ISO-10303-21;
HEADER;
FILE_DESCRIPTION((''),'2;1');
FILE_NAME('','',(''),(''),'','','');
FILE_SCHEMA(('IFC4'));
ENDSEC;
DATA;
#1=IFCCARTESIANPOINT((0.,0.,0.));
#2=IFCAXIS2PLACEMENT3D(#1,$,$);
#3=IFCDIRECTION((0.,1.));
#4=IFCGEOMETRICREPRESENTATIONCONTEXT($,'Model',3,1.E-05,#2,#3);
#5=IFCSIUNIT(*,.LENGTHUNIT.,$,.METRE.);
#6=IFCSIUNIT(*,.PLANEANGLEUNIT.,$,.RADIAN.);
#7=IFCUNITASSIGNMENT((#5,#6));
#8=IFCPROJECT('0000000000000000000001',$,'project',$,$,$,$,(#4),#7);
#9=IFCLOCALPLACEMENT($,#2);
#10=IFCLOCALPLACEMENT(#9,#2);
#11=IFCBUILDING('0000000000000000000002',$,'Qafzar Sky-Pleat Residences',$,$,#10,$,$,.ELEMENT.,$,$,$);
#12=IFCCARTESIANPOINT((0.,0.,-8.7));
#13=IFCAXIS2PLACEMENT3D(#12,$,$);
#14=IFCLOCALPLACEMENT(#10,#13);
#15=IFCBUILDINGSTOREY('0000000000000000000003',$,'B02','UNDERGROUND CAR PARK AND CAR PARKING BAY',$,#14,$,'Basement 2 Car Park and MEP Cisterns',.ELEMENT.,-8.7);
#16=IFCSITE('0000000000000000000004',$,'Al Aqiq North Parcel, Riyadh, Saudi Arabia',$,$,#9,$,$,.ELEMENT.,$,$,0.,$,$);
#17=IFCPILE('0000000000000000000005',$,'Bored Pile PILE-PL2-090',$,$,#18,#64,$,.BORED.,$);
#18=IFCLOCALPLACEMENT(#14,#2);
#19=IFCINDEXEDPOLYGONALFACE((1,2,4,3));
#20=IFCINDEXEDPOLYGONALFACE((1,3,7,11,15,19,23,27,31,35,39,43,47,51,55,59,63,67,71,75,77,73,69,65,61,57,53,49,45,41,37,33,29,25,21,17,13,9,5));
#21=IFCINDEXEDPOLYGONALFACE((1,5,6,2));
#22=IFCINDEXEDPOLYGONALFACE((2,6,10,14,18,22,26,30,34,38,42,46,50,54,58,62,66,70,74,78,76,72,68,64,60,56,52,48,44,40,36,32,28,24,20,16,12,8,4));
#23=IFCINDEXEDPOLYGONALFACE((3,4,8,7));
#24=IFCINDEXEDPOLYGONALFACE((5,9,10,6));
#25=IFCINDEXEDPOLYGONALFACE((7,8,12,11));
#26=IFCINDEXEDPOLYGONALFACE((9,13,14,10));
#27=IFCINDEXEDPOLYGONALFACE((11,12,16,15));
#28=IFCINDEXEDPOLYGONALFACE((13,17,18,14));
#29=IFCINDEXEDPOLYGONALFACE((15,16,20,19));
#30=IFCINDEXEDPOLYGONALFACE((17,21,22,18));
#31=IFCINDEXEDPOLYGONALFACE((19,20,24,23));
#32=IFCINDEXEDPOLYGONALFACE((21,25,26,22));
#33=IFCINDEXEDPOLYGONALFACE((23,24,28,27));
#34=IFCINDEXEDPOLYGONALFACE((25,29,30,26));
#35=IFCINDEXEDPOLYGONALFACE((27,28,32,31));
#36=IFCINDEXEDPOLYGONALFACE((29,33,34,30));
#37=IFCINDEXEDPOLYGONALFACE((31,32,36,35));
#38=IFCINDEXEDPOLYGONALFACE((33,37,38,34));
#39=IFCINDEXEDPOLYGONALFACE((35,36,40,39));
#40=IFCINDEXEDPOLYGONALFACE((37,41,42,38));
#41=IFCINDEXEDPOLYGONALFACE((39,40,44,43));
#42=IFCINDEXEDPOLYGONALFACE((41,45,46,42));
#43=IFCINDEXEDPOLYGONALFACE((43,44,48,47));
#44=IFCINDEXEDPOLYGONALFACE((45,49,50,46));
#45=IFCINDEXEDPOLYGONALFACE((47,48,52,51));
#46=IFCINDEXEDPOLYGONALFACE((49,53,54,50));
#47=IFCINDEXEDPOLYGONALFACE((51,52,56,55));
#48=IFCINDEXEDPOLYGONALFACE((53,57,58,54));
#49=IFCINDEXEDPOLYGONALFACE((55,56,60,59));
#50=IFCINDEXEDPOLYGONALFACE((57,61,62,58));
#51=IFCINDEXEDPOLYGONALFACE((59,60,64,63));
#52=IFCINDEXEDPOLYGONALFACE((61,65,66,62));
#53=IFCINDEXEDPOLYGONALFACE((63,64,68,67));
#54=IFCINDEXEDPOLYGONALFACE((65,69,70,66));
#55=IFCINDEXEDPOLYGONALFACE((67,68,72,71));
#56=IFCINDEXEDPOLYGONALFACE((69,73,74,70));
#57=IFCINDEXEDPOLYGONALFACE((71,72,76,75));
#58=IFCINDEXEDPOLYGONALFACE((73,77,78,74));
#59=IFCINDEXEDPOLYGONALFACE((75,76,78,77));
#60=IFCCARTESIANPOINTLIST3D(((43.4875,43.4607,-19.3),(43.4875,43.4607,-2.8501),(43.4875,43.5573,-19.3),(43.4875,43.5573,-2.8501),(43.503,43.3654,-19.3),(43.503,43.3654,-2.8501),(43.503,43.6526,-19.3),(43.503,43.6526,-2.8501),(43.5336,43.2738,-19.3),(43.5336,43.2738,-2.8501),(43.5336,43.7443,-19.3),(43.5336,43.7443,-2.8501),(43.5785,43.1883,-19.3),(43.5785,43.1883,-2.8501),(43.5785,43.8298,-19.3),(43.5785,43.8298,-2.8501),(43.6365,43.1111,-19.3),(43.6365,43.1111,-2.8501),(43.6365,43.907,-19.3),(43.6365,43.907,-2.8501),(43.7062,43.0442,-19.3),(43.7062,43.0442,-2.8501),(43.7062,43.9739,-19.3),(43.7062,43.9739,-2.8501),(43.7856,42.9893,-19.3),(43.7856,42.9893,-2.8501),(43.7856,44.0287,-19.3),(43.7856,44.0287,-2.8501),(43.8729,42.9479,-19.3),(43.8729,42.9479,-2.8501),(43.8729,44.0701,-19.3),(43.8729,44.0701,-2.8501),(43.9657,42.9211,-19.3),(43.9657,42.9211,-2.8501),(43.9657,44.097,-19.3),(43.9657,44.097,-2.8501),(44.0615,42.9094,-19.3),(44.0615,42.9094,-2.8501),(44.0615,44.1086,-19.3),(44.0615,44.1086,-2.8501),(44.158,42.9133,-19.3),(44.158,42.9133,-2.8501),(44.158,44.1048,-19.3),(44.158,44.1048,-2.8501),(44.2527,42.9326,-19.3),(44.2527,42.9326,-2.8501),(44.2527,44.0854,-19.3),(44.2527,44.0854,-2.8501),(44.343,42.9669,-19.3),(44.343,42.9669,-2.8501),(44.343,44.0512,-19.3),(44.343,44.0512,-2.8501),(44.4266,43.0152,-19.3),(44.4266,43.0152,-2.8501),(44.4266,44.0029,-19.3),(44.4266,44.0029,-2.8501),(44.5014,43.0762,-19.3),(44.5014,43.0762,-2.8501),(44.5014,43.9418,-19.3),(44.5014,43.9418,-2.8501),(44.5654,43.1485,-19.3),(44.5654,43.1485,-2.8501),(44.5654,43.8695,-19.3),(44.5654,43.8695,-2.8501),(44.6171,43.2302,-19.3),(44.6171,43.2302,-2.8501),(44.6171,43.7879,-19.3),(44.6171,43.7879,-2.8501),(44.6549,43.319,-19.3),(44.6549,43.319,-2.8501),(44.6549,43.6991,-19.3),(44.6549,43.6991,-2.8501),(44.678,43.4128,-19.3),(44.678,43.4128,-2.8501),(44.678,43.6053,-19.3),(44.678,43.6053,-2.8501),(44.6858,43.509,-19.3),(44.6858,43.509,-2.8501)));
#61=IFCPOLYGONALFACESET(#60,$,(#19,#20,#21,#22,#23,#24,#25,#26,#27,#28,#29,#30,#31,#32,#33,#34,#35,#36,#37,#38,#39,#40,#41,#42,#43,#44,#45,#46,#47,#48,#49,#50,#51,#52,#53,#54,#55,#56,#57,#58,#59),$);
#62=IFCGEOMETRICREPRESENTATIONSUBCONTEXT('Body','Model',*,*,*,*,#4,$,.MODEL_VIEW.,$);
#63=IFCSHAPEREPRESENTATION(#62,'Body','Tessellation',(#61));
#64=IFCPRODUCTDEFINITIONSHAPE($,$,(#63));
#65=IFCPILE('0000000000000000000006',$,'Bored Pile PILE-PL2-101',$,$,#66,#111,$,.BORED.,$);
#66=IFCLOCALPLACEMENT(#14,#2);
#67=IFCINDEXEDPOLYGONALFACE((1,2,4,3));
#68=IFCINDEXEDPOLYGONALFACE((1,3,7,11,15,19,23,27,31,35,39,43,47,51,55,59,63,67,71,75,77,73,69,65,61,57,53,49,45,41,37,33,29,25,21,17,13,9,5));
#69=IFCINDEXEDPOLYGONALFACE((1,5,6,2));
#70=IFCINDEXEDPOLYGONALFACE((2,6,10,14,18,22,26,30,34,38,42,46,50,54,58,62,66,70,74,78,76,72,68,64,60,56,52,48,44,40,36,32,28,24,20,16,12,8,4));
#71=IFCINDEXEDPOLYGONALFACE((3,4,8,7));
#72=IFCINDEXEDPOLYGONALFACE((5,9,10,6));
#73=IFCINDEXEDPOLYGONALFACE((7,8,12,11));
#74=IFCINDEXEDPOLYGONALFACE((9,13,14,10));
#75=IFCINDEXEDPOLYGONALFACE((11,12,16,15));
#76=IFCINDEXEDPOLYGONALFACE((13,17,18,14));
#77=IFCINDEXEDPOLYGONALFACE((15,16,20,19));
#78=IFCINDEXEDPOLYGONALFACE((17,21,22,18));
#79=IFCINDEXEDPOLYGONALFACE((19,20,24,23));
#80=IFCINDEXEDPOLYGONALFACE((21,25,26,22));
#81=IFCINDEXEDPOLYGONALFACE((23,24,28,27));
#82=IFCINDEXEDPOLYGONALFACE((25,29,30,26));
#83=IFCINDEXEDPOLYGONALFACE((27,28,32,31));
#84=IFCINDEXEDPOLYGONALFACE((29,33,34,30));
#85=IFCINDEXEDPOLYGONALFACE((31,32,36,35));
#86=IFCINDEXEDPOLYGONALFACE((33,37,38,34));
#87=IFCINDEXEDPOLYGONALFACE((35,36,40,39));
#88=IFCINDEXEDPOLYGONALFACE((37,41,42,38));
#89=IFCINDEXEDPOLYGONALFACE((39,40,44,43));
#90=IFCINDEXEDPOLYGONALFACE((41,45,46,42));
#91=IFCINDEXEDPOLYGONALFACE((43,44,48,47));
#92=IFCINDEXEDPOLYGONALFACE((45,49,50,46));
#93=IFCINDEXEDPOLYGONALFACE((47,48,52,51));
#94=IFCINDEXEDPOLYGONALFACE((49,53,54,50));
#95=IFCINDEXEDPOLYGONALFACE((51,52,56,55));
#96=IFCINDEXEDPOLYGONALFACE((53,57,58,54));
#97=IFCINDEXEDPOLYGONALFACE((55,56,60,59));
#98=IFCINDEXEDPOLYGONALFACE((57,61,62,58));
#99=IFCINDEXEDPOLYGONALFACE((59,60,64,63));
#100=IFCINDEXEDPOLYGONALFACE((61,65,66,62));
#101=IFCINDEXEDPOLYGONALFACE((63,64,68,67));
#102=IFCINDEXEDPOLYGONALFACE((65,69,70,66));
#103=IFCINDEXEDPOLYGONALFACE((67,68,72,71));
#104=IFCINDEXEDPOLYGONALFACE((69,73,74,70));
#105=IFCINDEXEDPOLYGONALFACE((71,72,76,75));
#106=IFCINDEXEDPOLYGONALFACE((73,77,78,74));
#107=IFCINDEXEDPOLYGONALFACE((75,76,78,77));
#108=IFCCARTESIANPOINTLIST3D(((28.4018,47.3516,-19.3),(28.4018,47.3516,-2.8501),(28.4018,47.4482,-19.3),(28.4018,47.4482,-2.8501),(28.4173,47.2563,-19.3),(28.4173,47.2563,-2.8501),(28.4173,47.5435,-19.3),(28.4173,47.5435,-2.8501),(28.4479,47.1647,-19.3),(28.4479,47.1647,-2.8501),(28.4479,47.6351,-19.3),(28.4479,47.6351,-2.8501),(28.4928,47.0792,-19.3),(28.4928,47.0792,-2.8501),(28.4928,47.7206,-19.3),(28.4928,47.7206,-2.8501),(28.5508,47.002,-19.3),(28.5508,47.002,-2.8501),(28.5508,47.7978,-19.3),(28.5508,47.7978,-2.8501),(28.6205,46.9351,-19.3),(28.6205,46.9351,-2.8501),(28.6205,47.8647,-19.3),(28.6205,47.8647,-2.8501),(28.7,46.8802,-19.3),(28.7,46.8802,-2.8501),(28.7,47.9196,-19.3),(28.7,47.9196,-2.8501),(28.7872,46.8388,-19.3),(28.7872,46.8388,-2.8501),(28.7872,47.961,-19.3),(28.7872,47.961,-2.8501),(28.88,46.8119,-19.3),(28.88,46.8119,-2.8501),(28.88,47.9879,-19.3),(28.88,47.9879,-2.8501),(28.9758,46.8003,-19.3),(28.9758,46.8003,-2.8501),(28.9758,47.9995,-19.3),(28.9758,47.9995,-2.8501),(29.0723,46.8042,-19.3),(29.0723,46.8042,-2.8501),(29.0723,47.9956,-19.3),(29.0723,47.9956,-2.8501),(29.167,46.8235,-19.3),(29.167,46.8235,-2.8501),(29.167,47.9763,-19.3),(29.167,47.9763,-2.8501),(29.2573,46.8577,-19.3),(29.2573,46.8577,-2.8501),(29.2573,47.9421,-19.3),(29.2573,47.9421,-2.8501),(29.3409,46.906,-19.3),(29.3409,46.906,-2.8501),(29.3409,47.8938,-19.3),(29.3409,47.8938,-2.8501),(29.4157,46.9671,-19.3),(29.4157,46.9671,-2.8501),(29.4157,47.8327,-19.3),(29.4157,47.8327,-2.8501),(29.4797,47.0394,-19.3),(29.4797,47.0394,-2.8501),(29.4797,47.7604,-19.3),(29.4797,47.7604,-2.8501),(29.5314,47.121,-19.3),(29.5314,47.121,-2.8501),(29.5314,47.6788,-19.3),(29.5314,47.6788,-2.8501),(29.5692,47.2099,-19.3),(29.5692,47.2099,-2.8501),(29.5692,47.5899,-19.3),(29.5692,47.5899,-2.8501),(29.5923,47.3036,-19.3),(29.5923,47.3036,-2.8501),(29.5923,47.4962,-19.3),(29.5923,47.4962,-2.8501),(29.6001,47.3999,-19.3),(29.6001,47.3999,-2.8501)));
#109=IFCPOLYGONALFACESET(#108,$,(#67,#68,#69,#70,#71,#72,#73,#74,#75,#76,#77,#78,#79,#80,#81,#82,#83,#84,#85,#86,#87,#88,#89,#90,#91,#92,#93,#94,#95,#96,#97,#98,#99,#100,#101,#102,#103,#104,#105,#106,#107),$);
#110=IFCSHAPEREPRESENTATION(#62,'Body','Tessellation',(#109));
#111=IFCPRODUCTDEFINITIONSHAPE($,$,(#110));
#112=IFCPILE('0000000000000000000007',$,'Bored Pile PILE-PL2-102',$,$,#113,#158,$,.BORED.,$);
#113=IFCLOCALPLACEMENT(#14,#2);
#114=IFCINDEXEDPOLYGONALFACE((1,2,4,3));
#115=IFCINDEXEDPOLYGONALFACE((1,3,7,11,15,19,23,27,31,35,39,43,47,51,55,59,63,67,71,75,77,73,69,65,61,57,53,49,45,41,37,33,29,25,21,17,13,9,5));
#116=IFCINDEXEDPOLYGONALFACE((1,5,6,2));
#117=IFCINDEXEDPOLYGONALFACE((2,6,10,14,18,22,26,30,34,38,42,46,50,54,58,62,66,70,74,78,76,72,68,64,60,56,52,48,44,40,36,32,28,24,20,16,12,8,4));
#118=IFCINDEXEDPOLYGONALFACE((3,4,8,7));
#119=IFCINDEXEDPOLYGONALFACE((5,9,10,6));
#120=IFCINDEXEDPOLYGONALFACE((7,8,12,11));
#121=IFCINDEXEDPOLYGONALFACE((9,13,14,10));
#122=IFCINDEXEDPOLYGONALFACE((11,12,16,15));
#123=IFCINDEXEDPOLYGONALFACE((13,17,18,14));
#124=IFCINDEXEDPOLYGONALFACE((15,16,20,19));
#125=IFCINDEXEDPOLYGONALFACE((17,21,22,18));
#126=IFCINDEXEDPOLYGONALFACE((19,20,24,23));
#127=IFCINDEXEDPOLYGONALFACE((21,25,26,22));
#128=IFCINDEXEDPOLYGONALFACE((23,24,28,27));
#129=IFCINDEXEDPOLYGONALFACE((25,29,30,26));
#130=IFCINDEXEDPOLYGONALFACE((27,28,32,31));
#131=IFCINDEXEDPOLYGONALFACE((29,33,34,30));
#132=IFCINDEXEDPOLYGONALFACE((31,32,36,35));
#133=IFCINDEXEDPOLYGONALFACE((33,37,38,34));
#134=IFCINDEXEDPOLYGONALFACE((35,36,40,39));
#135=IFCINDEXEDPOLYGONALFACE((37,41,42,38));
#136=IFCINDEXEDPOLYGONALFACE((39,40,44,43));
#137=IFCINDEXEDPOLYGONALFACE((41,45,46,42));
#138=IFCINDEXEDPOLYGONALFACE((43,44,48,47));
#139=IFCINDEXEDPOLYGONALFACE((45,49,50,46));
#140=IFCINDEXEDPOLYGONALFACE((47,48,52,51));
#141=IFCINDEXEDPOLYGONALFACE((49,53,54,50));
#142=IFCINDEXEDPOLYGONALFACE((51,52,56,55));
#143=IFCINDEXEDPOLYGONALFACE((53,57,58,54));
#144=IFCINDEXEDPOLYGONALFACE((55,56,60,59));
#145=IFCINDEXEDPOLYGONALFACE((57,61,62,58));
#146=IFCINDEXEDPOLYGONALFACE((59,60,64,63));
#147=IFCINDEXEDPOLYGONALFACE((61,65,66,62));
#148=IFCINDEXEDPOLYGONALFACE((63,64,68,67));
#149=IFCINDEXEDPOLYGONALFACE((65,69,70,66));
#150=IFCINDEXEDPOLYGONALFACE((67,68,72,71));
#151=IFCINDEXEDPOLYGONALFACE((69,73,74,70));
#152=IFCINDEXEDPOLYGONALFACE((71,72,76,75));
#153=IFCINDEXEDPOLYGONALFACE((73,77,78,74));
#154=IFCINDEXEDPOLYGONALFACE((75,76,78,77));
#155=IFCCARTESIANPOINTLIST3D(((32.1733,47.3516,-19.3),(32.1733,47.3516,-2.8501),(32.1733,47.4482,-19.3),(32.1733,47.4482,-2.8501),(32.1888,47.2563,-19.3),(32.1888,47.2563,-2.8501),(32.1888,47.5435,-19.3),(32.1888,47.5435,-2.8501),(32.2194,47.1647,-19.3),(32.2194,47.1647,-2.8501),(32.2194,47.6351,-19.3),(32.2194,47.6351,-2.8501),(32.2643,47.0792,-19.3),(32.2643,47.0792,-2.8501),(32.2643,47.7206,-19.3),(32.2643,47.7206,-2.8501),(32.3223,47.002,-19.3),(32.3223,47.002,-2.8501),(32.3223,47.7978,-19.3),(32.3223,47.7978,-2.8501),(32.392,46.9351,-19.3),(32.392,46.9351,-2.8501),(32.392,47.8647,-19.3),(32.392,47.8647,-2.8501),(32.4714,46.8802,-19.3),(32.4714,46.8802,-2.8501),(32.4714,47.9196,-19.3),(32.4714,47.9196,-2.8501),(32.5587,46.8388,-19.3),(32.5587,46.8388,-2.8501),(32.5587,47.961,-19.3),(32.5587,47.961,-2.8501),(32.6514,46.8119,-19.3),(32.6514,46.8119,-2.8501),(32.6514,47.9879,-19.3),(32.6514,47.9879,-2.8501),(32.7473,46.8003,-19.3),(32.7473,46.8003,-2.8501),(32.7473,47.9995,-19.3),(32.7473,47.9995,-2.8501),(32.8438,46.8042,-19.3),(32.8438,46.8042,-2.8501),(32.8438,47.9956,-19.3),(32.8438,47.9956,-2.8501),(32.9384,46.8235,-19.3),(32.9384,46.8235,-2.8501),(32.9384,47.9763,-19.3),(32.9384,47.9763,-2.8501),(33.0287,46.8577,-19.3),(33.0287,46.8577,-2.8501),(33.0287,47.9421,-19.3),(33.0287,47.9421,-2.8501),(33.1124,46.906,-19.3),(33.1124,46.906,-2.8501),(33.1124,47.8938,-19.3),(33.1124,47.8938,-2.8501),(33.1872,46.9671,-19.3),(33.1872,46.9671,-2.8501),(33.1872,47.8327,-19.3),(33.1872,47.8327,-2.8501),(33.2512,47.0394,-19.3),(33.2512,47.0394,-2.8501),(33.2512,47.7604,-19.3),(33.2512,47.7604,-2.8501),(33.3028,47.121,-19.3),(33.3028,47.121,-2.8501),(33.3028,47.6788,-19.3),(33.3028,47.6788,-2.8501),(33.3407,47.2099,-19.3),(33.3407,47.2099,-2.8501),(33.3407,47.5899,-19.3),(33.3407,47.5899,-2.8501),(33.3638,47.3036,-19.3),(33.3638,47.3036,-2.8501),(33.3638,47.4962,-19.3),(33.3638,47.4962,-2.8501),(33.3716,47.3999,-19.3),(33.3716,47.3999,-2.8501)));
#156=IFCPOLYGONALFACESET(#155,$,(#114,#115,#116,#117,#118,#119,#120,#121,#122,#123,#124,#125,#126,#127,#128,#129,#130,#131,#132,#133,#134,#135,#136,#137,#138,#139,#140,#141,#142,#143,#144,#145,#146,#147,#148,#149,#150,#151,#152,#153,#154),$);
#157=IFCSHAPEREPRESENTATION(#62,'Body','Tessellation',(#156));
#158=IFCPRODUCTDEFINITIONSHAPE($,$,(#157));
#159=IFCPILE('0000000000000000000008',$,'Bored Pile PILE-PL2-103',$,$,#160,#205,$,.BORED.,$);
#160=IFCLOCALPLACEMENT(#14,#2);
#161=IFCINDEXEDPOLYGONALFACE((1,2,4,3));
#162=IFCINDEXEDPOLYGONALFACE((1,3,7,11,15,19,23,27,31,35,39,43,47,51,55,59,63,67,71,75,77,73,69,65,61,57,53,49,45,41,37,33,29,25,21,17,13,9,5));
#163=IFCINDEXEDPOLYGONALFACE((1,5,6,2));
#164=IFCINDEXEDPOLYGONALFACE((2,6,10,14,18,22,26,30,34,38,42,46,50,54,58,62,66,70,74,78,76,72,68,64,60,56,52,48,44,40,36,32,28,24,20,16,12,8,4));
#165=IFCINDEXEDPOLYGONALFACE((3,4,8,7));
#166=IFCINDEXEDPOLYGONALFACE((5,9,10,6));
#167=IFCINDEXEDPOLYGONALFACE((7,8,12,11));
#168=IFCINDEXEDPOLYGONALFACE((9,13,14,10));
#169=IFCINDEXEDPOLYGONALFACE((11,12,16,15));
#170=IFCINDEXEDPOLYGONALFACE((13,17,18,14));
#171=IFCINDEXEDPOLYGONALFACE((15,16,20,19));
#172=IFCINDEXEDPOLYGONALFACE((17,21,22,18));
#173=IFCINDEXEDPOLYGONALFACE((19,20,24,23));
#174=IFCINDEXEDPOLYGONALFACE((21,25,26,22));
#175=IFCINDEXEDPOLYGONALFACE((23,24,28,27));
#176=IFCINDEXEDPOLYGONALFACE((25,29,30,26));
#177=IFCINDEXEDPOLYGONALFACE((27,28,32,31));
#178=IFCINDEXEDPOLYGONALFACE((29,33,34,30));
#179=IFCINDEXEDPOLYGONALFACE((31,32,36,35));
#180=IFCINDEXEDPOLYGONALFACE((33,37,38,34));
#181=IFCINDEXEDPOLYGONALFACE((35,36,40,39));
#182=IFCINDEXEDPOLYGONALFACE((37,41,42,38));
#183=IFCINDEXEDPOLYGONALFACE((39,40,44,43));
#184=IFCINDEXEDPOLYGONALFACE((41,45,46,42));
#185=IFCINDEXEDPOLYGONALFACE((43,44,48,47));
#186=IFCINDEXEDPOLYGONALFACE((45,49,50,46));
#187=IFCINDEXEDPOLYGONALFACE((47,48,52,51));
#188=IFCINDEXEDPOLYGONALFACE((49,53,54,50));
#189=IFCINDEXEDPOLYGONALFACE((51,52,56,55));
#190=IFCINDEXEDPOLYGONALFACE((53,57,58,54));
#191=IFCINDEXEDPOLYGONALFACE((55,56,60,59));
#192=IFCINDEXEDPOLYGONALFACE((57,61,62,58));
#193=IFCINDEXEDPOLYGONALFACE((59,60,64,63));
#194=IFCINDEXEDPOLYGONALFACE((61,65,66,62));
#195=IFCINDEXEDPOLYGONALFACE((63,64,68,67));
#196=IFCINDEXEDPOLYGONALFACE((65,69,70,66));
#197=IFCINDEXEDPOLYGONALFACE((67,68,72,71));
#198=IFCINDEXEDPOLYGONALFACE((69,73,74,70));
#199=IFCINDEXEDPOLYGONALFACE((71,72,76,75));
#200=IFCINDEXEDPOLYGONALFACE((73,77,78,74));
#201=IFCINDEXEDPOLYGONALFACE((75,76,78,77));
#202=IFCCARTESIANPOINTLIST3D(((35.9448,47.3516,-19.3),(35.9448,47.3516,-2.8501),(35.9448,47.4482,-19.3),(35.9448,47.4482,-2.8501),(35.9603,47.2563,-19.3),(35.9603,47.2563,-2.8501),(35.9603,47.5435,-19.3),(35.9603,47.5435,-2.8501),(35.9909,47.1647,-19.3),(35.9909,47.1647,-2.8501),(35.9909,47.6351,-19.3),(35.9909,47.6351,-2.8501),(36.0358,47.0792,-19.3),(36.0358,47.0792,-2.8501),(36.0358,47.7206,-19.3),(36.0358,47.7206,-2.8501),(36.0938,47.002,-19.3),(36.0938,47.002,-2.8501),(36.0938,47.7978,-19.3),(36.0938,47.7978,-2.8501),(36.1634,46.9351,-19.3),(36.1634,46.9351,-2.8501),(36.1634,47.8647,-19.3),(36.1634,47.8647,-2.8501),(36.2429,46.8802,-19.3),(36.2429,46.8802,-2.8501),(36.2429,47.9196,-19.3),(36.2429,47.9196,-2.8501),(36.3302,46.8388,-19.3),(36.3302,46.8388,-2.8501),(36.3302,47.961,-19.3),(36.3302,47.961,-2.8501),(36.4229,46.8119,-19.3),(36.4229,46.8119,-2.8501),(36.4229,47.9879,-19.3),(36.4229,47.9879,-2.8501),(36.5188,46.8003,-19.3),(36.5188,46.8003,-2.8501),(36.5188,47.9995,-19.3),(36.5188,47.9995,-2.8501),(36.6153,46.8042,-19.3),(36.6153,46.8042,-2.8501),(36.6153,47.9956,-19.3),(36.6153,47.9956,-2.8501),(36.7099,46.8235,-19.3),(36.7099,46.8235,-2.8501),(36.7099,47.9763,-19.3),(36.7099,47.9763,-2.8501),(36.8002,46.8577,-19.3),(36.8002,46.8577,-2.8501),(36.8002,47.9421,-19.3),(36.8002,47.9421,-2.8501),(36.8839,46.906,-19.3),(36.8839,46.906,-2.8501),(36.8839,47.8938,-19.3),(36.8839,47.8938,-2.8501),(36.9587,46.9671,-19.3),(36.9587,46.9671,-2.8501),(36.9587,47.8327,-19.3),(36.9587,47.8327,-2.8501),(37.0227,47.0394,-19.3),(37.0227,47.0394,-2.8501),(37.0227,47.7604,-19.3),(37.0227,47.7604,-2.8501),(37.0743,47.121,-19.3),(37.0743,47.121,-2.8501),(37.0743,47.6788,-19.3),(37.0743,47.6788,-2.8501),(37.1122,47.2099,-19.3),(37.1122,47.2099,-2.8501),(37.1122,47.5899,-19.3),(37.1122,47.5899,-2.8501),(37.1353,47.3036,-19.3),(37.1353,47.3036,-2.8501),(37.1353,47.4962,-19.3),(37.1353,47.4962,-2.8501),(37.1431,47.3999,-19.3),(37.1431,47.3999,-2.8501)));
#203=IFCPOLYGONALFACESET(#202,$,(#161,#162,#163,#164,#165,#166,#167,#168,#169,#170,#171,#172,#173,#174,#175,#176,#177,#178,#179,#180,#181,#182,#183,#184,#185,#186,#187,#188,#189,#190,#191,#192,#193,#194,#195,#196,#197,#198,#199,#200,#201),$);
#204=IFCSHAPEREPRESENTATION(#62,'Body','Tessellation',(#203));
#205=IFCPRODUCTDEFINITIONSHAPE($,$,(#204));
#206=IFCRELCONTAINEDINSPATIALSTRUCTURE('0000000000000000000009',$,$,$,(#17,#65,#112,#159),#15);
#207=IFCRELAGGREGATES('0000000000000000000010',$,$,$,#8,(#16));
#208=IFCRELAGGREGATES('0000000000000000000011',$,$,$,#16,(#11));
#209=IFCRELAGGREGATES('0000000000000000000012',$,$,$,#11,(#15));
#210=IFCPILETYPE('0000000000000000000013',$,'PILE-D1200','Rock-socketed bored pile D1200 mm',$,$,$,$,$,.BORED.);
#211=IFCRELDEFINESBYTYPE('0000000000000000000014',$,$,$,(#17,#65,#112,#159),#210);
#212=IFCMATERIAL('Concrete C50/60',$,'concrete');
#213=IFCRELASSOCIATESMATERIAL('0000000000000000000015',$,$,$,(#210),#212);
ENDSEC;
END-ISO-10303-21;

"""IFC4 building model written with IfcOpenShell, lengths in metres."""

from ifc_helpers import new_model, si_unit, direction, frame, origin, origin_2d, place, context, subcontext, project, spatial, circle, extrude, source, transform, mapped, material, material_profile, profile_set, type_object, element, save


model = new_model("IFC4")

# Units and contexts
model_context = context("Model", 3, precision=1e-05, world=origin(), true_north=direction((0.0, 1.0)))
body_context = subcontext(model_context, "Body", "Model", "MODEL_VIEW")
ifc_project = project(units=[si_unit("LENGTHUNIT", "METRE"), si_unit("PLANEANGLEUNIT", "RADIAN")], contexts=[model_context])

# Site, building, storey
site_placement = place(None, origin())
site = spatial("IfcSite", under=ifc_project, at=site_placement, Name="Al Aqiq North Parcel, Riyadh, Saudi Arabia", CompositionType="ELEMENT", RefElevation=0.0)
building_placement = place(site_placement, origin())
building = spatial("IfcBuilding", under=site, at=building_placement, Name="Qafzar Sky-Pleat Residences", CompositionType="ELEMENT")
storey_placement = place(building_placement, frame((0.0, 0.0, -8.7)))
storey = spatial("IfcBuildingStorey", under=building, at=storey_placement, Name="B02", Description="UNDERGROUND CAR PARK AND CAR PARKING BAY", LongName="Basement 2 Car Park and MEP Cisterns", CompositionType="ELEMENT", Elevation=-8.7)

# Piles
ifc_material_1 = material(Name="Concrete C50/60", Category="concrete")
ifc_material_profile_1 = material_profile(ifc_material_1, circle(Radius=0.6001, at=origin_2d()), Name="PILE D1200")
ifc_profile_set_1 = profile_set([ifc_material_profile_1], Name="Concrete C50/60")
pile_type_1 = type_object("IfcPileType", Name="PILE-D1200", Description="Rock-socketed bored pile D1200 mm", PredefinedType="BORED", material=ifc_profile_set_1)
shared_shape_1 = source(origin(), body_context, "Body", "SweptSolid", [
    extrude(circle(Radius=0.6001, at=origin_2d()), origin(), (0.0, 0.0, 1.0), 16.45),
])
for number, where, z_axis, x_axis, name in (
    (1, (44.0857, 43.509, -2.8501), (0.0, 0.0, -1.0), (1.0, 0.0, 0.0), "Bored Pile PILE-PL2-090"),
    (2, (29.0, 47.3999, -2.8501), (0.0, 0.0, -1.0), (1.0, 0.0, 0.0), "Bored Pile PILE-PL2-101"),
    (3, (32.7715, 47.3999, -2.8501), (0.0, 0.0, -1.0), (1.0, 0.0, 0.0), "Bored Pile PILE-PL2-102"),
    (4, (36.543, 47.3999, -2.8501), (0.0, 0.0, -1.0), (1.0, 0.0, 0.0), "Bored Pile PILE-PL2-103"),
):
    element("IfcPile", number, at=place(storey_placement, frame(where, z_axis=z_axis, x_axis=x_axis)), inside=storey, type_object=pile_type_1, Name=name, PredefinedType="BORED", context=body_context, shape_type="MappedRepresentation", body=[
        mapped(shared_shape_1, transform((0.0, 0.0, 0.0), x_axis=(1.0, 0.0, 0.0), y_axis=(0.0, 1.0, 0.0), z_axis=(0.0, 0.0, 1.0), scale=1.0)),
    ])

save(model, "model.ifc")
